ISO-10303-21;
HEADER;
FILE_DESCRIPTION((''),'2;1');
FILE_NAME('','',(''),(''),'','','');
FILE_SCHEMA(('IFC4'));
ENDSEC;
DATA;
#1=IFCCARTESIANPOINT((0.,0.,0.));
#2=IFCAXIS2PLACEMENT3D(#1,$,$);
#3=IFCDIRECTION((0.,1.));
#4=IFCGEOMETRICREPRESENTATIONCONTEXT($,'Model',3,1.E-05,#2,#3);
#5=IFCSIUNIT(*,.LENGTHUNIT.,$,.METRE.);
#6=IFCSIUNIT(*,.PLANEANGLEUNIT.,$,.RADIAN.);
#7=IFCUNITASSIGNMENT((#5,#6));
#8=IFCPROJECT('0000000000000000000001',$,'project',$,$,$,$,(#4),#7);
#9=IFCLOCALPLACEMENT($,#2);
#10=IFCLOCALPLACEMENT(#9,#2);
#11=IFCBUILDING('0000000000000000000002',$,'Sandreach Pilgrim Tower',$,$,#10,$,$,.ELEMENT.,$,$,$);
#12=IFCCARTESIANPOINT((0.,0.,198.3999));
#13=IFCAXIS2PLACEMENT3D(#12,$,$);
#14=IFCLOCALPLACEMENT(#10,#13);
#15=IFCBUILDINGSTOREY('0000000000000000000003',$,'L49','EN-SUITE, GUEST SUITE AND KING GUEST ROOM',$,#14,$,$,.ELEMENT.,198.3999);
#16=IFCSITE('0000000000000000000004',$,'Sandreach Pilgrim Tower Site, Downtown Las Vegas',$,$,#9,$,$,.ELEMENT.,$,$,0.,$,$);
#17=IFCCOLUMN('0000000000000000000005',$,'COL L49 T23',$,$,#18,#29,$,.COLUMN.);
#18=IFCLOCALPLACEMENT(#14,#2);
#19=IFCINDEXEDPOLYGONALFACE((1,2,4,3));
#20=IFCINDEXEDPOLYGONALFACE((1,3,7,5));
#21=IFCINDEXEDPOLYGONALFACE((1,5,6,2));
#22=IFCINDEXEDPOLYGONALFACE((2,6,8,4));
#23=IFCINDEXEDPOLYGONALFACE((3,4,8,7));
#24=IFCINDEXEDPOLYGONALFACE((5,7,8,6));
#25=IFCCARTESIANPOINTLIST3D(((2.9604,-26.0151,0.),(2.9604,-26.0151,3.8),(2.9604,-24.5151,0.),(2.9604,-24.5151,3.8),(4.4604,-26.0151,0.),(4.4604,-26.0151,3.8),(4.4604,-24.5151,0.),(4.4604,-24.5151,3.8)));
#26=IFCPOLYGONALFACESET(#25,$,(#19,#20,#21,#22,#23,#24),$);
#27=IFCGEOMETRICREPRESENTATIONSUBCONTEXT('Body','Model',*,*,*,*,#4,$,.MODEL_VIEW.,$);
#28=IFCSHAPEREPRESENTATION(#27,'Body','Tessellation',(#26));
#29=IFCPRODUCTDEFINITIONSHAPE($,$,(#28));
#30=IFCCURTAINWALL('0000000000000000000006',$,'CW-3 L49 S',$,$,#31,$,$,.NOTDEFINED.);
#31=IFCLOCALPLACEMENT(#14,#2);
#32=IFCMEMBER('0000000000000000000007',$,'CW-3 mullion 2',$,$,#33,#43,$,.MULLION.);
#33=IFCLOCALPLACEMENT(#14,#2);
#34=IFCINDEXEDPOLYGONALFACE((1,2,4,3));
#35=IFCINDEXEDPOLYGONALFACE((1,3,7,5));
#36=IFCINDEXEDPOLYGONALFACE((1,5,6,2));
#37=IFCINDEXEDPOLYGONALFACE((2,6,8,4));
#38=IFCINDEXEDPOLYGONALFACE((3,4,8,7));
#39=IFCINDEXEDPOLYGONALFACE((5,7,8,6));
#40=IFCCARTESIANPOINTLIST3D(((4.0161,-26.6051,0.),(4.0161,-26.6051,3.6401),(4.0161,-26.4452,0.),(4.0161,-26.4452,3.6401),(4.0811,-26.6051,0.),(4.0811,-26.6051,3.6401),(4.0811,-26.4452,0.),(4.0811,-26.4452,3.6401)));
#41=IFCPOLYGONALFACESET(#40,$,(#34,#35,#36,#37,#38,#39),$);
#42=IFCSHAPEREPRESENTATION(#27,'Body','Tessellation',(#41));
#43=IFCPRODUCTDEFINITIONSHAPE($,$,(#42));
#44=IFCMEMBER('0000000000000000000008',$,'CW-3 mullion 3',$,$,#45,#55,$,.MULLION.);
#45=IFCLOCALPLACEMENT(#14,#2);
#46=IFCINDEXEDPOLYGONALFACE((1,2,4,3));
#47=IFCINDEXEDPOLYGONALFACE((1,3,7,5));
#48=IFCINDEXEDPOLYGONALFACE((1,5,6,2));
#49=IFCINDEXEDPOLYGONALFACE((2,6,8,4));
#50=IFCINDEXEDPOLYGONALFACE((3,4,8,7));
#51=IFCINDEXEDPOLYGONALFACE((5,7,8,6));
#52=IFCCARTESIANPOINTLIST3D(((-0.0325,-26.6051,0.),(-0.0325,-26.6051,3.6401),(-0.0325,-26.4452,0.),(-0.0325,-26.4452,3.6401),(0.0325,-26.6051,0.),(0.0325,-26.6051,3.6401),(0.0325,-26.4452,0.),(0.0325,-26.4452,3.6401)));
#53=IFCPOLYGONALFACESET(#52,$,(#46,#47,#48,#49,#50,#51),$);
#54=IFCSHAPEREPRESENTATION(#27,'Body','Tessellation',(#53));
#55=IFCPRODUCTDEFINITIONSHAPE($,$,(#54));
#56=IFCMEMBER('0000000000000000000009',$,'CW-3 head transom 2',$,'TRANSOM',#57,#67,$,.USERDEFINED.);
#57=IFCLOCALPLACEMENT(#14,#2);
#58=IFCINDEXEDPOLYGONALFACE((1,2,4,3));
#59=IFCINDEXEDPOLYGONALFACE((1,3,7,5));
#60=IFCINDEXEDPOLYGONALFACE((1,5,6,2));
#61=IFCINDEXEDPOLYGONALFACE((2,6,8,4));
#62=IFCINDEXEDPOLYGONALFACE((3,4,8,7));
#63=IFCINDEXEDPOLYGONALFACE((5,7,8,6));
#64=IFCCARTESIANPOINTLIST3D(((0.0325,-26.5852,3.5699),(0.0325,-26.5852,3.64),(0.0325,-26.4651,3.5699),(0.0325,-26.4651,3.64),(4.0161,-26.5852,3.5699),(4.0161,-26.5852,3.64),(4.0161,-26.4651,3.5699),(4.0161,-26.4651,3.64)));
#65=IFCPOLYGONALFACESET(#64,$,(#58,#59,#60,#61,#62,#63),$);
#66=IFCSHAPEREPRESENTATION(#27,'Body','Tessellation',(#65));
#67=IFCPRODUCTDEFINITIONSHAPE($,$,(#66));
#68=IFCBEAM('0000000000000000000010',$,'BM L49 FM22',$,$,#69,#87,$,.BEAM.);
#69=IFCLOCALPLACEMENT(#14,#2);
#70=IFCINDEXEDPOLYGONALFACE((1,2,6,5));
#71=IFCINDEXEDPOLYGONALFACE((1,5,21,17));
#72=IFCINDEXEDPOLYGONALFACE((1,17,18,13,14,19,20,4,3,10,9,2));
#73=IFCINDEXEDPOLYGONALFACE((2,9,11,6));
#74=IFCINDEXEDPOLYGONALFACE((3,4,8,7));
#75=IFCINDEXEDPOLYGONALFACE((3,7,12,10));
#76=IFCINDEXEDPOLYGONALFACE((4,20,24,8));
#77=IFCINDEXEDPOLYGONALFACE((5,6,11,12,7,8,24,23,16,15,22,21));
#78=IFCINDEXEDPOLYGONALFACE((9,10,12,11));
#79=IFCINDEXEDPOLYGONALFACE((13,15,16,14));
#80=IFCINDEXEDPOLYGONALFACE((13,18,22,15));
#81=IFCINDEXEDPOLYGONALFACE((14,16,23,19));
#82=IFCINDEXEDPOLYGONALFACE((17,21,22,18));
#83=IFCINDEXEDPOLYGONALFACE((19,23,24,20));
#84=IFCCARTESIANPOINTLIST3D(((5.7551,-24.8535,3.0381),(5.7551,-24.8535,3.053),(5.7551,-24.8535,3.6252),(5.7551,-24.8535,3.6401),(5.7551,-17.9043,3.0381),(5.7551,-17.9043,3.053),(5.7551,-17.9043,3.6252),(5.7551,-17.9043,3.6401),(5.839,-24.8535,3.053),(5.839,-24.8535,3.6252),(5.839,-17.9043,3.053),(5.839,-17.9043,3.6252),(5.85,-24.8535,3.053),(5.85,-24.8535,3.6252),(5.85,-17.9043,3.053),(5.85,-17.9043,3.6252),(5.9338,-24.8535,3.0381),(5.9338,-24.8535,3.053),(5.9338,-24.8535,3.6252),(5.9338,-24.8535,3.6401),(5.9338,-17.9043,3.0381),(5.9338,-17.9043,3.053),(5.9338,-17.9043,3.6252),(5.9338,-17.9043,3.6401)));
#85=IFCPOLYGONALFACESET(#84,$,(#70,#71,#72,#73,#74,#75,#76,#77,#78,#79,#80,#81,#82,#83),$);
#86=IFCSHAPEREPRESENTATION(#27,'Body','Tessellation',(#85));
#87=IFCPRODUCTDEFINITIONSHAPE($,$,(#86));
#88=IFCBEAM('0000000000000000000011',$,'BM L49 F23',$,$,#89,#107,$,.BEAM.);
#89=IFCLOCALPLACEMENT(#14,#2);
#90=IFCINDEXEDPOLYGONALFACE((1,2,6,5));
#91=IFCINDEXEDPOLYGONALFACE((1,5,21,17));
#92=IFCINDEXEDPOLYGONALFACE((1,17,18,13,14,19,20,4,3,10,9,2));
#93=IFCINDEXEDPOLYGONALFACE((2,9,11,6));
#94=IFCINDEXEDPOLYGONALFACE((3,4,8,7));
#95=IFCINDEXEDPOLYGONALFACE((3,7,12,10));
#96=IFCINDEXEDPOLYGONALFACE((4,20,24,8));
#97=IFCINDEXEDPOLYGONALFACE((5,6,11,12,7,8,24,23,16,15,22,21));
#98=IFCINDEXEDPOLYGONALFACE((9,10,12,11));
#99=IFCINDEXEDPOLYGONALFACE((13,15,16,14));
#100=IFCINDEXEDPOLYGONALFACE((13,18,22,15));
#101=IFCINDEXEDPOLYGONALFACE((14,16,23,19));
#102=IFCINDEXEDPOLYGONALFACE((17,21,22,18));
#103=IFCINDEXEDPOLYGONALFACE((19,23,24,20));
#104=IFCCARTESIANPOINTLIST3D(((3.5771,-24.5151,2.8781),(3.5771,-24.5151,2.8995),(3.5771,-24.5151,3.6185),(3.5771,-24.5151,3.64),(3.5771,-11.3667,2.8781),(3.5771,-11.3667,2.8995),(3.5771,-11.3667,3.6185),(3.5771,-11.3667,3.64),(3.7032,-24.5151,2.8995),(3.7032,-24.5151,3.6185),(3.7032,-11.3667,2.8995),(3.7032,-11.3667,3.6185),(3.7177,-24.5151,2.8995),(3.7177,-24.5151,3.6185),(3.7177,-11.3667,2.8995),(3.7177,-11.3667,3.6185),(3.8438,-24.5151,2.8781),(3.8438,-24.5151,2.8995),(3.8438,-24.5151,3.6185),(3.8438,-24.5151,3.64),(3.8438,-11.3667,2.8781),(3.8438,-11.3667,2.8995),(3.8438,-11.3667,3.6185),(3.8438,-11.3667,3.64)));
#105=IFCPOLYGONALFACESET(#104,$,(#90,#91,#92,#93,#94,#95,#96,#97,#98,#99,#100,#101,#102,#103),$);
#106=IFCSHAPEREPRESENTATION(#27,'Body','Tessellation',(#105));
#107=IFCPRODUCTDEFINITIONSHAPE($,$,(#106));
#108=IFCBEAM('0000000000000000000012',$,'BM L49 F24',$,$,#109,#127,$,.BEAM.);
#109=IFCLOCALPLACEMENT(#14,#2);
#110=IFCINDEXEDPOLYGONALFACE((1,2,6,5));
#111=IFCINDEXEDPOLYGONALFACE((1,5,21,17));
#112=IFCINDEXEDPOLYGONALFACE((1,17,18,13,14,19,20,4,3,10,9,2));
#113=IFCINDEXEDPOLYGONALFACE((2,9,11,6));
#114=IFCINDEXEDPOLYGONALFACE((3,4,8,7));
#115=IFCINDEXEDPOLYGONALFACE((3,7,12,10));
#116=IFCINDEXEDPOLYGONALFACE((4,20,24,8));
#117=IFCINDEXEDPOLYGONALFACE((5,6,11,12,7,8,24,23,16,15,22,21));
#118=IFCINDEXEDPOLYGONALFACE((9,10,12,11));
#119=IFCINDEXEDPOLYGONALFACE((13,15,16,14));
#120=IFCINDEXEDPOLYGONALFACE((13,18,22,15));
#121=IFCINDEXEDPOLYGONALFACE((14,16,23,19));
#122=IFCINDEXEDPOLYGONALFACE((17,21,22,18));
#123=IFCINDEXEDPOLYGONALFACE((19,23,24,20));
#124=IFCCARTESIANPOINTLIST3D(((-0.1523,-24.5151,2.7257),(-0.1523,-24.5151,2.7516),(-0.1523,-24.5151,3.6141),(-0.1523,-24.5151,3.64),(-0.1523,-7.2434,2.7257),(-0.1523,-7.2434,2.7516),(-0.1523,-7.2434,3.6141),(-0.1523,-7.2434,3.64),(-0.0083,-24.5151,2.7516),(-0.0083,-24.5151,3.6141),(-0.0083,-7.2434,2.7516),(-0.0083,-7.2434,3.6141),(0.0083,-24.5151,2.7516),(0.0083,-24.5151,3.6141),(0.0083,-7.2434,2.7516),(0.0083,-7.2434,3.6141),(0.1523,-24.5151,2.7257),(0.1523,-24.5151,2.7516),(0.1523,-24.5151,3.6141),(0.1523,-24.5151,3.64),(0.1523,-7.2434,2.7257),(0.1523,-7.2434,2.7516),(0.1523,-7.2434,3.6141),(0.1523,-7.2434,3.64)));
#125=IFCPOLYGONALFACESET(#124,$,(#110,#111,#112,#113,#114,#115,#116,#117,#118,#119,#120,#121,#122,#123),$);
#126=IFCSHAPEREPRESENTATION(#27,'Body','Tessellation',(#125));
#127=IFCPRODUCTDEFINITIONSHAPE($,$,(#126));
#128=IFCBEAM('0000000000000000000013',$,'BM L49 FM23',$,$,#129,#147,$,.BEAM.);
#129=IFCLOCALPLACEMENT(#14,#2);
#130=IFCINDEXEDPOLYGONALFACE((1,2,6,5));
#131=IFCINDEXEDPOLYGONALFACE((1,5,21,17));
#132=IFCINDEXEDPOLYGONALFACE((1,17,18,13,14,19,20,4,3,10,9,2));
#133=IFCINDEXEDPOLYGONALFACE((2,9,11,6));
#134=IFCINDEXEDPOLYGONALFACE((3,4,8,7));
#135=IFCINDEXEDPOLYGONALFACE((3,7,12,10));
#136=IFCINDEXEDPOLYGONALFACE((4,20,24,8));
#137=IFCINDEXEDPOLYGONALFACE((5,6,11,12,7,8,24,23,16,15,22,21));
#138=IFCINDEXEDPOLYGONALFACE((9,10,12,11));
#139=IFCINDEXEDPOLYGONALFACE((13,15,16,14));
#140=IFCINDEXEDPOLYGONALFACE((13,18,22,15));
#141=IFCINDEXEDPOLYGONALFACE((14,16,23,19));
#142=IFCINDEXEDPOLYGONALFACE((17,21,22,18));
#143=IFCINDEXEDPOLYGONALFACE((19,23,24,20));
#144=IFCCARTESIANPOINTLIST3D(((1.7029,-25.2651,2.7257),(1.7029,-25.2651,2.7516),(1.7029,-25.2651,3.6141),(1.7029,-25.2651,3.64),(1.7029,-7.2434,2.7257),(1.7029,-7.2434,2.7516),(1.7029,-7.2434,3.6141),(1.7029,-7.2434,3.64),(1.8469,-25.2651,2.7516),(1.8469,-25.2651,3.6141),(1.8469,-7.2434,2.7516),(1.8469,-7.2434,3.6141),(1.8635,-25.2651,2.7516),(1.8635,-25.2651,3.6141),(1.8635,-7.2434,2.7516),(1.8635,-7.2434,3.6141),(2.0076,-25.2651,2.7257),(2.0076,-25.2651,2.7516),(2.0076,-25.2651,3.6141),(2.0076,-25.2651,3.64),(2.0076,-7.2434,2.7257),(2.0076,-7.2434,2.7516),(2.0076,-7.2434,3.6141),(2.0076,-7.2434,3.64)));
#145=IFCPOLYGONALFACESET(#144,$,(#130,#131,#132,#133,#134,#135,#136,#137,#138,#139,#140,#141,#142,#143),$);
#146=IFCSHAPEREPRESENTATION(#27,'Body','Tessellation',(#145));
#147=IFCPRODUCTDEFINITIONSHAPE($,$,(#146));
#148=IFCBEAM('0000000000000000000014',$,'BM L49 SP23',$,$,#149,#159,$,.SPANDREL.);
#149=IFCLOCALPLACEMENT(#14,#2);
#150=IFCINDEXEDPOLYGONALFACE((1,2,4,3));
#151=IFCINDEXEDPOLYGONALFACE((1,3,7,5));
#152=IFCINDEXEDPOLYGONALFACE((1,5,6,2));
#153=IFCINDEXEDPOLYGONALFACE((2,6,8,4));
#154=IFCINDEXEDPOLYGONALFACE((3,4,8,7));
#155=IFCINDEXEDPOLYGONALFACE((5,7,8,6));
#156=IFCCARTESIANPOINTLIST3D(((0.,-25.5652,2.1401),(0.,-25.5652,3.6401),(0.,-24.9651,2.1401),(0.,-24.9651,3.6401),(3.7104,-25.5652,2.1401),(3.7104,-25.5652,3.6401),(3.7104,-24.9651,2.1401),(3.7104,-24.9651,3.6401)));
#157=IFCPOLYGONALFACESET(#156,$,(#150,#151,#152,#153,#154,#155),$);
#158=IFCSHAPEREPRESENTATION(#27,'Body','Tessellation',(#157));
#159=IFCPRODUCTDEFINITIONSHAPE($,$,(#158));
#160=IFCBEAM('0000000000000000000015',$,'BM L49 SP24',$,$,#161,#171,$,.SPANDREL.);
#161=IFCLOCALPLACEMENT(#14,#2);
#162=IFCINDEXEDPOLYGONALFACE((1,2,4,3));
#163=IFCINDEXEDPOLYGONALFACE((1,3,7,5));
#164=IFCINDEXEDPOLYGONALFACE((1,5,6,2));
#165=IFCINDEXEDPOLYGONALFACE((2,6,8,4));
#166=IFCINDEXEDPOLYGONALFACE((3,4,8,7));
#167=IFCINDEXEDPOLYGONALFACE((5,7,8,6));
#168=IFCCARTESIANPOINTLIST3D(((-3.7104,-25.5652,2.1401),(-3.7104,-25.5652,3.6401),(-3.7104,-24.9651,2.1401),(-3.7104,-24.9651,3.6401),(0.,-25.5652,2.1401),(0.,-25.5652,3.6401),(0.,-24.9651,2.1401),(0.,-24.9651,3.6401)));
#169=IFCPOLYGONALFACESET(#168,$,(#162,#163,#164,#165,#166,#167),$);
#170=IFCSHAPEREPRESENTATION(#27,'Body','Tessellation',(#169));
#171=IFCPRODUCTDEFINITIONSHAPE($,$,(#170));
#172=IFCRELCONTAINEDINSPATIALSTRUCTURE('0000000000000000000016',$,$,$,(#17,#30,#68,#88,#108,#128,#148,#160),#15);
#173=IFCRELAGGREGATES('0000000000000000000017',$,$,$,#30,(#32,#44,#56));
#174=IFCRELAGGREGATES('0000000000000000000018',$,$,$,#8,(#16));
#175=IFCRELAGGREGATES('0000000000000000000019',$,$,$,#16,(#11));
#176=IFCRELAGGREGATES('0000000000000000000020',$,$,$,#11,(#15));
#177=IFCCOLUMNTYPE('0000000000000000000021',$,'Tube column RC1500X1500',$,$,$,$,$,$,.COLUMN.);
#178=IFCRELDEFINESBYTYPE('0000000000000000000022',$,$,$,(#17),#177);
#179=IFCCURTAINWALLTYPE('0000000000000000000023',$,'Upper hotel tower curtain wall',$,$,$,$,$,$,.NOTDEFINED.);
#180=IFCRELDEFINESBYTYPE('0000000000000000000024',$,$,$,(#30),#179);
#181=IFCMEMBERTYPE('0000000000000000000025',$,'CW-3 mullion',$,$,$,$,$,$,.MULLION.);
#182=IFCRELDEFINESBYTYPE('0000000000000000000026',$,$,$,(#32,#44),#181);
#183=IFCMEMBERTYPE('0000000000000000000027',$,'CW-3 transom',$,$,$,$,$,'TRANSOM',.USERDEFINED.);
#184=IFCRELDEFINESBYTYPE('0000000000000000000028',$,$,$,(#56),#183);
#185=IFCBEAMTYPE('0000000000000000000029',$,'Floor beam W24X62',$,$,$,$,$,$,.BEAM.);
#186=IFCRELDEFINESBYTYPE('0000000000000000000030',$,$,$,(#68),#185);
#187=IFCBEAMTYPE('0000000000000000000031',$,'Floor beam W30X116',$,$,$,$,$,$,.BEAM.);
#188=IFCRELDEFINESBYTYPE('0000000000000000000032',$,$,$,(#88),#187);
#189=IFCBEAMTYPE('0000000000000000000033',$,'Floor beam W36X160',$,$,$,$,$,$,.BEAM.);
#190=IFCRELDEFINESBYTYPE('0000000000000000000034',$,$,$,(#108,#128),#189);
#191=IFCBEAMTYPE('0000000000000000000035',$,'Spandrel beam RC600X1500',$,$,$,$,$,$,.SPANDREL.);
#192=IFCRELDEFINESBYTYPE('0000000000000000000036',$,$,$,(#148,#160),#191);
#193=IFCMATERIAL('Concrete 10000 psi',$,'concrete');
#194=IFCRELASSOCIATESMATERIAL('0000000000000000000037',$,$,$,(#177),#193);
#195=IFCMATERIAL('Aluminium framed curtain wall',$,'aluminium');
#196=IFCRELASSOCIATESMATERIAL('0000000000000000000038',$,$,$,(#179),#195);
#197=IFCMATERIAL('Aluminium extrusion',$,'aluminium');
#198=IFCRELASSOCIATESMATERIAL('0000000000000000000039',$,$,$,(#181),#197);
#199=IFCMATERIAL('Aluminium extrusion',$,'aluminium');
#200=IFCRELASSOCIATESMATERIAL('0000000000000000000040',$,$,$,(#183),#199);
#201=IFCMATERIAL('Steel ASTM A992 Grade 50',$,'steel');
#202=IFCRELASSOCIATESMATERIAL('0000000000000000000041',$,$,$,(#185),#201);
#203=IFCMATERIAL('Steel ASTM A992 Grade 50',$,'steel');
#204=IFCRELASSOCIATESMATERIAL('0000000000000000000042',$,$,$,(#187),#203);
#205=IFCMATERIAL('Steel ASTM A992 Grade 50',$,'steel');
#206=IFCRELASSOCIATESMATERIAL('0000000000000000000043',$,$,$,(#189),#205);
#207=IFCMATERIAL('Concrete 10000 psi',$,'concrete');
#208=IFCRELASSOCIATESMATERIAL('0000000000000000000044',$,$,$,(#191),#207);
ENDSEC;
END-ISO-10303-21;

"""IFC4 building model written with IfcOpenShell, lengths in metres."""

from ifc_helpers import new_model, si_unit, direction, frame, origin, origin_2d, place, context, subcontext, project, spatial, rectangle, i_section, extrude, material, material_profile, profile_set, type_object, element, aggregate, save


model = new_model("IFC4")

# Units and contexts
model_context = context("Model", 3, precision=1e-05, world=origin(), true_north=direction((0.0, 1.0)))
body_context = subcontext(model_context, "Body", "Model", "MODEL_VIEW")
ifc_project = project(units=[si_unit("LENGTHUNIT", "METRE"), si_unit("PLANEANGLEUNIT", "RADIAN")], contexts=[model_context])

# Site, building, storey
site_placement = place(None, origin())
site = spatial("IfcSite", under=ifc_project, at=site_placement, Name="Sandreach Pilgrim Tower Site, Downtown Las Vegas", CompositionType="ELEMENT", RefElevation=0.0)
building_placement = place(site_placement, origin())
building = spatial("IfcBuilding", under=site, at=building_placement, Name="Sandreach Pilgrim Tower", CompositionType="ELEMENT")
storey_placement = place(building_placement, frame((0.0, 0.0, 198.3999)))
storey = spatial("IfcBuildingStorey", under=building, at=storey_placement, Name="L49", Description="EN-SUITE, GUEST SUITE AND KING GUEST ROOM", CompositionType="ELEMENT", Elevation=198.3999)

# Column
ifc_material_1 = material(Name="Concrete 10000 psi", Category="concrete")
ifc_material_profile_1 = material_profile(ifc_material_1, rectangle(XDim=1.5, YDim=1.5, at=origin_2d()), Name="RC1500X1500")
ifc_profile_set_1 = profile_set([ifc_material_profile_1], Name="Concrete 10000 psi")
column_type = type_object("IfcColumnType", Name="Tube column RC1500X1500", PredefinedType="COLUMN", material=ifc_profile_set_1)
column_placement = place(storey_placement, frame((3.7104, -25.2651, 0.0), z_axis=(0.0, 0.0, 1.0), x_axis=(0.0, -1.0, 0.0)))
element("IfcColumn", 1, at=column_placement, inside=storey, type_object=column_type, Name="COL L49 T23", PredefinedType="COLUMN", context=body_context, shape_type="SweptSolid", body=[
    extrude(rectangle(XDim=1.5, YDim=1.5, at=origin_2d()), origin(), (0.0, 0.0, 1.0), 3.8),
])

# Curtain wall, members
ifc_material_2 = material(Name="Aluminium framed curtain wall", Category="aluminium")
curtain_wall_type = type_object("IfcCurtainWallType", Name="Upper hotel tower curtain wall", PredefinedType="NOTDEFINED", material=ifc_material_2)
curtain_wall_placement = place(storey_placement, origin())
curtain_wall = element("IfcCurtainWall", 2, at=curtain_wall_placement, inside=storey, type_object=curtain_wall_type, Name="CW-3 L49 S", PredefinedType="NOTDEFINED")
ifc_material_3 = material(Name="Aluminium extrusion", Category="aluminium")
ifc_material_profile_2 = material_profile(ifc_material_3, rectangle(XDim=0.0649, YDim=0.1599, at=origin_2d()), Name="CW-3M 65X160")
ifc_profile_set_2 = profile_set([ifc_material_profile_2], Name="Aluminium extrusion")
member_type_1 = type_object("IfcMemberType", Name="CW-3 mullion", PredefinedType="MULLION", material=ifc_profile_set_2)
member_1_placement = place(storey_placement, frame((4.0486, -26.5251, 0.0), z_axis=(0.0, 0.0, 1.0), x_axis=(-1.0, 0.0, 0.0)))
member_1 = element("IfcMember", 3, at=member_1_placement, type_object=member_type_1, Name="CW-3 mullion 2", PredefinedType="MULLION", context=body_context, shape_type="SweptSolid", body=[
    extrude(rectangle(XDim=0.0649, YDim=0.1599, at=origin_2d()), origin(), (0.0, 0.0, 1.0), 3.6401),
])
member_2_placement = place(storey_placement, frame((0.0, -26.5251, 0.0), z_axis=(0.0, 0.0, 1.0), x_axis=(-1.0, 0.0, 0.0)))
member_2 = element("IfcMember", 4, at=member_2_placement, type_object=member_type_1, Name="CW-3 mullion 3", PredefinedType="MULLION", context=body_context, shape_type="SweptSolid", body=[
    extrude(rectangle(XDim=0.0649, YDim=0.1599, at=origin_2d()), origin(), (0.0, 0.0, 1.0), 3.6401),
])
ifc_material_4 = material(Name="Aluminium extrusion", Category="aluminium")
ifc_material_profile_3 = material_profile(ifc_material_4, rectangle(XDim=0.1201, YDim=0.0701, at=origin_2d()), Name="CW-3T 120X70")
ifc_profile_set_3 = profile_set([ifc_material_profile_3], Name="Aluminium extrusion")
member_type_2 = type_object("IfcMemberType", Name="CW-3 transom", ElementType="TRANSOM", PredefinedType="USERDEFINED", material=ifc_profile_set_3)
member_3_placement = place(storey_placement, frame((4.0161, -26.5251, 3.605), z_axis=(-1.0, 0.0, 0.0), x_axis=(0.0, -1.0, 0.0)))
member_3 = element("IfcMember", 5, at=member_3_placement, type_object=member_type_2, Name="CW-3 head transom 2", ObjectType="TRANSOM", PredefinedType="USERDEFINED", context=body_context, shape_type="SweptSolid", body=[
    extrude(rectangle(XDim=0.1201, YDim=0.0701, at=origin_2d()), origin(), (0.0, 0.0, 1.0), 3.9836),
])

# Beams
ifc_material_5 = material(Name="Steel ASTM A992 Grade 50", Category="steel")
ifc_material_profile_4 = material_profile(ifc_material_5, i_section(OverallWidth=0.1787, OverallDepth=0.6021, WebThickness=0.011, FlangeThickness=0.0149, at=origin_2d()), Name="W24X62")
ifc_profile_set_4 = profile_set([ifc_material_profile_4], Name="Steel ASTM A992 Grade 50")
beam_type_1 = type_object("IfcBeamType", Name="Floor beam W24X62", PredefinedType="BEAM", material=ifc_profile_set_4)
beam_1_placement = place(storey_placement, frame((5.8445, -24.8535, 3.3391), z_axis=(0.0, 1.0, 0.0), x_axis=(-1.0, 0.0, 0.0)))
element("IfcBeam", 6, at=beam_1_placement, inside=storey, type_object=beam_type_1, Name="BM L49 FM22", PredefinedType="BEAM", context=body_context, shape_type="SweptSolid", body=[
    extrude(i_section(OverallWidth=0.1787, OverallDepth=0.6021, WebThickness=0.011, FlangeThickness=0.0149, at=origin_2d()), origin(), (0.0, 0.0, 1.0), 6.9492),
])
ifc_material_6 = material(Name="Steel ASTM A992 Grade 50", Category="steel")
ifc_material_profile_5 = material_profile(ifc_material_6, i_section(OverallWidth=0.2666, OverallDepth=0.762, WebThickness=0.0144, FlangeThickness=0.0215, at=origin_2d()), Name="W30X116")
ifc_profile_set_5 = profile_set([ifc_material_profile_5], Name="Steel ASTM A992 Grade 50")
beam_type_2 = type_object("IfcBeamType", Name="Floor beam W30X116", PredefinedType="BEAM", material=ifc_profile_set_5)
beam_2_placement = place(storey_placement, frame((3.7104, -24.5151, 3.259), z_axis=(0.0, 1.0, 0.0), x_axis=(-1.0, 0.0, 0.0)))
element("IfcBeam", 7, at=beam_2_placement, inside=storey, type_object=beam_type_2, Name="BM L49 F23", PredefinedType="BEAM", context=body_context, shape_type="SweptSolid", body=[
    extrude(i_section(OverallWidth=0.2666, OverallDepth=0.762, WebThickness=0.0144, FlangeThickness=0.0215, at=origin_2d()), origin(), (0.0, 0.0, 1.0), 13.1484),
])
ifc_material_7 = material(Name="Steel ASTM A992 Grade 50", Category="steel")
ifc_material_profile_6 = material_profile(ifc_material_7, i_section(OverallWidth=0.3047, OverallDepth=0.9143, WebThickness=0.0166, FlangeThickness=0.0259, at=origin_2d()), Name="W36X160")
ifc_profile_set_6 = profile_set([ifc_material_profile_6], Name="Steel ASTM A992 Grade 50")
beam_type_3 = type_object("IfcBeamType", Name="Floor beam W36X160", PredefinedType="BEAM", material=ifc_profile_set_6)
beam_3_placement = place(storey_placement, frame((0.0, -24.5151, 3.1829), z_axis=(0.0, 1.0, 0.0), x_axis=(-1.0, 0.0, 0.0)))
element("IfcBeam", 8, at=beam_3_placement, inside=storey, type_object=beam_type_3, Name="BM L49 F24", PredefinedType="BEAM", context=body_context, shape_type="SweptSolid", body=[
    extrude(i_section(OverallWidth=0.3047, OverallDepth=0.9143, WebThickness=0.0166, FlangeThickness=0.0259, at=origin_2d()), origin(), (0.0, 0.0, 1.0), 17.2717),
])
beam_4_placement = place(storey_placement, frame((1.8552, -25.2651, 3.1829), z_axis=(0.0, 1.0, 0.0), x_axis=(-1.0, 0.0, 0.0)))
element("IfcBeam", 9, at=beam_4_placement, inside=storey, type_object=beam_type_3, Name="BM L49 FM23", PredefinedType="BEAM", context=body_context, shape_type="SweptSolid", body=[
    extrude(i_section(OverallWidth=0.3047, OverallDepth=0.9143, WebThickness=0.0166, FlangeThickness=0.0259, at=origin_2d()), origin(), (0.0, 0.0, 1.0), 18.0217),
])
ifc_material_8 = material(Name="Concrete 10000 psi", Category="concrete")
ifc_material_profile_7 = material_profile(ifc_material_8, rectangle(XDim=0.6001, YDim=1.5, at=origin_2d()), Name="RC600X1500")
ifc_profile_set_7 = profile_set([ifc_material_profile_7], Name="Concrete 10000 psi")
beam_type_4 = type_object("IfcBeamType", Name="Spandrel beam RC600X1500", PredefinedType="SPANDREL", material=ifc_profile_set_7)
for number, where, z_axis, x_axis, name in (
    (10, (3.7104, -25.2651, 2.8901), (-1.0, 0.0, 0.0), (0.0, -1.0, 0.0), "BM L49 SP23"),
    (11, (0.0, -25.2651, 2.8901), (-1.0, 0.0, 0.0), (0.0, -1.0, 0.0), "BM L49 SP24"),
):
    element("IfcBeam", number, at=place(storey_placement, frame(where, z_axis=z_axis, x_axis=x_axis)), inside=storey, type_object=beam_type_4, Name=name, PredefinedType="SPANDREL", context=body_context, shape_type="SweptSolid", body=[
        extrude(rectangle(XDim=0.6001, YDim=1.5, at=origin_2d()), origin(), (0.0, 0.0, 1.0), 3.7104),
    ])

aggregate(curtain_wall, [member_1, member_2, member_3])

save(model, "model.ifc")
